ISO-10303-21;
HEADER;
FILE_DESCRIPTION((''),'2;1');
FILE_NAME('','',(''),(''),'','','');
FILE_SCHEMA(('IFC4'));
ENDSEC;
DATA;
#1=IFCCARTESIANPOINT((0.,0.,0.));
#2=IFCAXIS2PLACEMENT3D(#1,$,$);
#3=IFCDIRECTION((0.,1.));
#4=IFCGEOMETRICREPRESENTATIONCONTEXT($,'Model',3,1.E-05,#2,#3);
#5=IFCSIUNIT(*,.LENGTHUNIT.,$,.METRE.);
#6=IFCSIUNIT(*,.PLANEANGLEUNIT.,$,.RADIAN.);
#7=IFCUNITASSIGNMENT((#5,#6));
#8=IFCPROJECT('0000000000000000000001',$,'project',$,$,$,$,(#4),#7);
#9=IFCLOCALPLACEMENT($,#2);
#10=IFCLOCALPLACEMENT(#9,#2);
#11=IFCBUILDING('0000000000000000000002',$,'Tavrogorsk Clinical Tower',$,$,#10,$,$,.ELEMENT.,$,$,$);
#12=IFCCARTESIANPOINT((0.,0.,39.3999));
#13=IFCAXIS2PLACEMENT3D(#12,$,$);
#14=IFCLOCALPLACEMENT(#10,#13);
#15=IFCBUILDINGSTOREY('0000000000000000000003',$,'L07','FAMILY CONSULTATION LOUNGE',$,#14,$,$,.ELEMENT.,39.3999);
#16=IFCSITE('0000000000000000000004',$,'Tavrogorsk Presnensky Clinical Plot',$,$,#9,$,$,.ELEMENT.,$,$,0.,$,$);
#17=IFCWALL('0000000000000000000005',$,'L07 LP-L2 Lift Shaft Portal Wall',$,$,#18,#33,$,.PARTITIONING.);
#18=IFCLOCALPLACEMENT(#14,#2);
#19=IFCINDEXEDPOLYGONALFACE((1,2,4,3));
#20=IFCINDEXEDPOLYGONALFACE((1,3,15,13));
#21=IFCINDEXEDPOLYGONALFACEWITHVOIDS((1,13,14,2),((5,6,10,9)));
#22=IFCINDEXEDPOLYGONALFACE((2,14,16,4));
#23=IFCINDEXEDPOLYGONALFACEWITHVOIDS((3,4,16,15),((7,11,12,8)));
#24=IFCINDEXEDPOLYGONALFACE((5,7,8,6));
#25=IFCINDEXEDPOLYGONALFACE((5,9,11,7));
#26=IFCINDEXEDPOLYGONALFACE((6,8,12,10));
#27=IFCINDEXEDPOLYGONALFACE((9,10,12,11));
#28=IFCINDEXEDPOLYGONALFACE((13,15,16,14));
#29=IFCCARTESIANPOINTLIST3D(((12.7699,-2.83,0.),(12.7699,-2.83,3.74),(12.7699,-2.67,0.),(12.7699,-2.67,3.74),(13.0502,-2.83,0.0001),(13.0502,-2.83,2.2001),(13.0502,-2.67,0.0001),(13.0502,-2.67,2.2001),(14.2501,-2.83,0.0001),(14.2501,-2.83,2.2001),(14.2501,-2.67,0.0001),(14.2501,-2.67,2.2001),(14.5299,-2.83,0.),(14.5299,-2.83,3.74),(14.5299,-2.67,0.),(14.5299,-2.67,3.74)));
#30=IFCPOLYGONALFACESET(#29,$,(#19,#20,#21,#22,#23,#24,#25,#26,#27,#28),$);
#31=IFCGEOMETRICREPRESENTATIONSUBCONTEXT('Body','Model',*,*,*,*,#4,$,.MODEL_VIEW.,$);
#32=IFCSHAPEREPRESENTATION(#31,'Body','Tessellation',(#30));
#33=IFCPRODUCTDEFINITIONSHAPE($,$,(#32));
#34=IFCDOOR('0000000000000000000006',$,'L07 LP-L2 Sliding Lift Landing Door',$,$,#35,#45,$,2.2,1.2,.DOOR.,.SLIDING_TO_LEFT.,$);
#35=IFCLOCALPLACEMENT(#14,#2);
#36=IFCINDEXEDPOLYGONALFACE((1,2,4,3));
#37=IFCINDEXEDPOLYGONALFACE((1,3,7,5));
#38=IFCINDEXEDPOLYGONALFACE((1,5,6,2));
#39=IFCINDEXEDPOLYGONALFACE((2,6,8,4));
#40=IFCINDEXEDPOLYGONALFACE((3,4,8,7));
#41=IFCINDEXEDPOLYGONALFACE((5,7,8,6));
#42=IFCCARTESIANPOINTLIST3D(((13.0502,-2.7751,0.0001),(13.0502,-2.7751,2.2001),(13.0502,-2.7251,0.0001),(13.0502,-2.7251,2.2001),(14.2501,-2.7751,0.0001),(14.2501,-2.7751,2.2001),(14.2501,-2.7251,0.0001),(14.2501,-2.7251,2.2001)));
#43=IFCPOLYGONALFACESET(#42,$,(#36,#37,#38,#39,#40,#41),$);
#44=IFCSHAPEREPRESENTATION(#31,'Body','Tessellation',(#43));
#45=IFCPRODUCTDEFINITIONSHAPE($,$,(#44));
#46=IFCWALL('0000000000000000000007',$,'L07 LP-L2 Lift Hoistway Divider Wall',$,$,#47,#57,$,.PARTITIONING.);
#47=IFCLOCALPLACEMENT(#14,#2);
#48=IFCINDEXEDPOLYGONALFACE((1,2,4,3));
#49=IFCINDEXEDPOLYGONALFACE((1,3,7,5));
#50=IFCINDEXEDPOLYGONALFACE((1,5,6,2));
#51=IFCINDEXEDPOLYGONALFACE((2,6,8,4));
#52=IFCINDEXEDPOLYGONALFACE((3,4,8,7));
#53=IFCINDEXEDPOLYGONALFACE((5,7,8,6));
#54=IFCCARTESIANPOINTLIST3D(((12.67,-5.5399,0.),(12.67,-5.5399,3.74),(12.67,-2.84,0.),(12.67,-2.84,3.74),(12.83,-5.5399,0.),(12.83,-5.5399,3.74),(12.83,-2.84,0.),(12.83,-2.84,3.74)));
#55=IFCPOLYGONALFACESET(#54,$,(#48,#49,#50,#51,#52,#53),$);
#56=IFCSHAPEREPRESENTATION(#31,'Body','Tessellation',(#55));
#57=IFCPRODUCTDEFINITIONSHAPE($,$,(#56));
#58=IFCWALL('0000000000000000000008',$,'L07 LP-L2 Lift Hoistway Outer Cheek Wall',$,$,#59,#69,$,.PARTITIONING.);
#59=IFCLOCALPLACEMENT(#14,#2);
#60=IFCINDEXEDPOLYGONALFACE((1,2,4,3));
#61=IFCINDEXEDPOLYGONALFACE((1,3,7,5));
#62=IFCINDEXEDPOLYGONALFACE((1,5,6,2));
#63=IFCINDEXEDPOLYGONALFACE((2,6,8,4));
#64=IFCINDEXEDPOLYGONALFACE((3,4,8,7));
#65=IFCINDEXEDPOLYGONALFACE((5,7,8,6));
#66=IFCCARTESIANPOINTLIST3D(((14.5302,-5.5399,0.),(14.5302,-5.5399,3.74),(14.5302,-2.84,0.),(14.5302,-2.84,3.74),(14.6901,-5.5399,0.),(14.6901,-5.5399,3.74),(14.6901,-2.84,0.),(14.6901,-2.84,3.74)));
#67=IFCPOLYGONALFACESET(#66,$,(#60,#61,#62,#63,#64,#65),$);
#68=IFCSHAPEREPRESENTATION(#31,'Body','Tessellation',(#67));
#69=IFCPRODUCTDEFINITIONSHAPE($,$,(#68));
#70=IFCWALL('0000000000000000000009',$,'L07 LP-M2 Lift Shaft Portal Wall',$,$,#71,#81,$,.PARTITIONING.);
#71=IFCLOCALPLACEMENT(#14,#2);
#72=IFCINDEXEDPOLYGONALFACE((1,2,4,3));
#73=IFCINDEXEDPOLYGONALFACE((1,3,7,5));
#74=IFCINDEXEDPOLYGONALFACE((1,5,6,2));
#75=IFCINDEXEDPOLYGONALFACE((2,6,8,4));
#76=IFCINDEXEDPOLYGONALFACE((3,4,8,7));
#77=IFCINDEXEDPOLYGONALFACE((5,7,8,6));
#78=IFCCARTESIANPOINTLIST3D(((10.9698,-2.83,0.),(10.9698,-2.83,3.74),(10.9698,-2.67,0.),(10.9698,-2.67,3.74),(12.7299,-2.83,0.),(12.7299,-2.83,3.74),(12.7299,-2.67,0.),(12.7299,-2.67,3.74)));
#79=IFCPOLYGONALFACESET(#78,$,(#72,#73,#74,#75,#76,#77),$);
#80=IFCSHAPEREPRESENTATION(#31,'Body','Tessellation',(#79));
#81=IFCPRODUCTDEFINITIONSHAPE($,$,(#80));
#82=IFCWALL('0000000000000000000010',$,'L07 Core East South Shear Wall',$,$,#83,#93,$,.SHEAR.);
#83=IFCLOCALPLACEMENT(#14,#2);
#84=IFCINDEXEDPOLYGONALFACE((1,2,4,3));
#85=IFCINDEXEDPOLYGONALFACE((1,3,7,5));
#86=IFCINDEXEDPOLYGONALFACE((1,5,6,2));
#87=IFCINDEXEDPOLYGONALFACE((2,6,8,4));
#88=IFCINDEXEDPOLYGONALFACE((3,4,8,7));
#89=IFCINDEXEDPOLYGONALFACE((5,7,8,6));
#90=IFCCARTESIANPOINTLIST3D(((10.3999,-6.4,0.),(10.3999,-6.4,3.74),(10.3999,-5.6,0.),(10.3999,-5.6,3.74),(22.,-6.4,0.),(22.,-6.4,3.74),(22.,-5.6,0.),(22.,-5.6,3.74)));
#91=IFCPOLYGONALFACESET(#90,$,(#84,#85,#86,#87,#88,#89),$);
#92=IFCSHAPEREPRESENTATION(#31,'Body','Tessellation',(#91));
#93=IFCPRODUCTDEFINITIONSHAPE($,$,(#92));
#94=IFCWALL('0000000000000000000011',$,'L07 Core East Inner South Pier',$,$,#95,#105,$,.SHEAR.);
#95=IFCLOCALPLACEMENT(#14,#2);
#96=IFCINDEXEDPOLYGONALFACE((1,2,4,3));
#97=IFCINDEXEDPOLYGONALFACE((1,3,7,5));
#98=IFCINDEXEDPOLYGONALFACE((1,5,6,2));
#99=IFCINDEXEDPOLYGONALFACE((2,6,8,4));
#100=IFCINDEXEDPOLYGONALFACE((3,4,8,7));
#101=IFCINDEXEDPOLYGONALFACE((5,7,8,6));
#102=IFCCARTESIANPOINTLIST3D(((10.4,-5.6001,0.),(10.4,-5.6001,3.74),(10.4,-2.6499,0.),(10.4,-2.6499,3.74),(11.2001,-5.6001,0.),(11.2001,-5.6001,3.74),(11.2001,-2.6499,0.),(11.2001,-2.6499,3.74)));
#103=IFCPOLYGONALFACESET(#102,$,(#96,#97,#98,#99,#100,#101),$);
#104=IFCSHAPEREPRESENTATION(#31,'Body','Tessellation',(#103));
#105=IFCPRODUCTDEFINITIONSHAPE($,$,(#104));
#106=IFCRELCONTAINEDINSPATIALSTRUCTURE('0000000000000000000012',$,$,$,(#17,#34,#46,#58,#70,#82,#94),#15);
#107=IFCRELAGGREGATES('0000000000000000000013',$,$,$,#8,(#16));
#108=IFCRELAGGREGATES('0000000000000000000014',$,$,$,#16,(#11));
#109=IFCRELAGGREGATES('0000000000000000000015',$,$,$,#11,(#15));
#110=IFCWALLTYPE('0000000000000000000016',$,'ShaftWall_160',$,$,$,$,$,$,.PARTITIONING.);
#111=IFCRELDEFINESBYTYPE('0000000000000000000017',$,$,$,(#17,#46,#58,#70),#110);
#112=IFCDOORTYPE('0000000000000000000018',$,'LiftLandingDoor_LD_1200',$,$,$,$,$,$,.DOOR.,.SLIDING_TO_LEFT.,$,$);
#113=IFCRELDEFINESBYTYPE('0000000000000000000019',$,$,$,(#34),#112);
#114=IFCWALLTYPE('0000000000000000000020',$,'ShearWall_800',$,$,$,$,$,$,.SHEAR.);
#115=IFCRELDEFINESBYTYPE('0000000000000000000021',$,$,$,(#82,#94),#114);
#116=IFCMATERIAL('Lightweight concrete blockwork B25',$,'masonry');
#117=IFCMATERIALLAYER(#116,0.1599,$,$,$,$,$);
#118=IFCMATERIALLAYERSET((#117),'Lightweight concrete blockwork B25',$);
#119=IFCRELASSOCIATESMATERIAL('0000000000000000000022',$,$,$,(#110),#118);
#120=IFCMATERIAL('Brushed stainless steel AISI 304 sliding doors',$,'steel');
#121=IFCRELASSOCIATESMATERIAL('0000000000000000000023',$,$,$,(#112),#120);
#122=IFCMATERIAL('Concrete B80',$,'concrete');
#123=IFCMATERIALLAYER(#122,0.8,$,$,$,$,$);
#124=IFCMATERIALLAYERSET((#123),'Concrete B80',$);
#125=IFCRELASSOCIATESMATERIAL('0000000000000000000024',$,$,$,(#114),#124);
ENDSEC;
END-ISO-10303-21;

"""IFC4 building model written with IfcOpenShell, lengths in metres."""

from ifc_helpers import new_model, si_unit, direction, frame, frame_2d, origin, place, context, subcontext, project, spatial, rectangle, extrude, material, layer, layer_set, type_object, element, fill, save


model = new_model("IFC4")

# Units and contexts
model_context = context("Model", 3, precision=1e-05, world=origin(), true_north=direction((0.0, 1.0)))
body_context = subcontext(model_context, "Body", "Model", "MODEL_VIEW")
ifc_project = project(units=[si_unit("LENGTHUNIT", "METRE"), si_unit("PLANEANGLEUNIT", "RADIAN")], contexts=[model_context])

# Site, building, storey
site_placement = place(None, origin())
site = spatial("IfcSite", under=ifc_project, at=site_placement, Name="Tavrogorsk Presnensky Clinical Plot", CompositionType="ELEMENT", RefElevation=0.0)
building_placement = place(site_placement, origin())
building = spatial("IfcBuilding", under=site, at=building_placement, Name="Tavrogorsk Clinical Tower", CompositionType="ELEMENT")
storey_placement = place(building_placement, frame((0.0, 0.0, 39.3999)))
storey = spatial("IfcBuildingStorey", under=building, at=storey_placement, Name="L07", Description="FAMILY CONSULTATION LOUNGE", CompositionType="ELEMENT", Elevation=39.3999)

# Wall, opening, door
ifc_material_1 = material(Name="Lightweight concrete blockwork B25", Category="masonry")
ifc_layer_1 = layer(ifc_material_1, 0.1599)
ifc_layer_set_1 = layer_set([ifc_layer_1], Name="Lightweight concrete blockwork B25")
wall_type_1 = type_object("IfcWallType", Name="ShaftWall_160", PredefinedType="PARTITIONING", material=ifc_layer_set_1)
wall_1_placement = place(storey_placement, frame((12.77, -2.75, 0.0), z_axis=(0.0, 0.0, 1.0), x_axis=(1.0, 0.0, 0.0)))
wall_1 = element("IfcWall", 1, at=wall_1_placement, inside=storey, type_object=wall_type_1, Name="L07 LP-L2 Lift Shaft Portal Wall", PredefinedType="PARTITIONING", context=body_context, shape_type="SweptSolid", body=[
    extrude(rectangle(XDim=1.76, YDim=0.1599, at=frame_2d((0.8799, 0.0))), origin(), (0.0, 0.0, 1.0), 3.74),
])
opening_1_placement = place(wall_1_placement, frame((0.28, 0.0, 0.0)))
opening_1 = element("IfcOpeningElement", 2, at=opening_1_placement, cuts=wall_1, PredefinedType="OPENING", context=body_context, shape_type="SweptSolid", body=[
    extrude(rectangle(XDim=1.2, YDim=2.2, at=frame_2d((0.6001, 1.1001))), frame((0.0, 0.0898, 0.0), z_axis=(0.0, -1.0, 0.0), x_axis=(1.0, 0.0, 0.0)), (0.0, 0.0, 1.0), 0.1799),
])
ifc_material_2 = material(Name="Brushed stainless steel AISI 304 sliding doors", Category="steel")
door_type_1 = type_object("IfcDoorType", Name="LiftLandingDoor_LD_1200", OperationType="SLIDING_TO_LEFT", PredefinedType="DOOR", material=ifc_material_2)
door_1_placement = place(opening_1_placement, origin())
door_1 = element("IfcDoor", 3, at=door_1_placement, inside=storey, type_object=door_type_1, Name="L07 LP-L2 Sliding Lift Landing Door", OperationType="SLIDING_TO_LEFT", OverallHeight=2.2, OverallWidth=1.2, PredefinedType="DOOR", context=body_context, shape_type="SweptSolid", body=[
    extrude(rectangle(XDim=1.2, YDim=2.2, at=frame_2d((0.6001, 1.1001))), frame((0.0, 0.0249, 0.0), z_axis=(0.0, -1.0, 0.0), x_axis=(1.0, 0.0, 0.0)), (0.0, 0.0, 1.0), 0.05),
])
fill(opening_1, door_1)

# Walls
for number, where, z_axis, x_axis, name in (
    (4, (12.75, -5.54, 0.0), (0.0, 0.0, 1.0), (0.0, 1.0, 0.0), "L07 LP-L2 Lift Hoistway Divider Wall"),
    (5, (14.6101, -5.54, 0.0), (0.0, 0.0, 1.0), (0.0, 1.0, 0.0), "L07 LP-L2 Lift Hoistway Outer Cheek Wall"),
):
    element("IfcWall", number, at=place(storey_placement, frame(where, z_axis=z_axis, x_axis=x_axis)), inside=storey, type_object=wall_type_1, Name=name, PredefinedType="PARTITIONING", context=body_context, shape_type="SweptSolid", body=[
        extrude(rectangle(XDim=2.7, YDim=0.1599, at=frame_2d((1.3501, 0.0))), origin(), (0.0, 0.0, 1.0), 3.74),
    ])
wall_2_placement = place(storey_placement, frame((10.97, -2.75, 0.0), z_axis=(0.0, 0.0, 1.0), x_axis=(1.0, 0.0, 0.0)))
element("IfcWall", 6, at=wall_2_placement, inside=storey, type_object=wall_type_1, Name="L07 LP-M2 Lift Shaft Portal Wall", PredefinedType="PARTITIONING", context=body_context, shape_type="SweptSolid", body=[
    extrude(rectangle(XDim=1.76, YDim=0.1599, at=frame_2d((0.8799, 0.0))), origin(), (0.0, 0.0, 1.0), 3.74),
])
ifc_material_3 = material(Name="Concrete B80", Category="concrete")
ifc_layer_2 = layer(ifc_material_3, 0.8)
ifc_layer_set_2 = layer_set([ifc_layer_2], Name="Concrete B80")
wall_type_2 = type_object("IfcWallType", Name="ShearWall_800", PredefinedType="SHEAR", material=ifc_layer_set_2)
wall_3_placement = place(storey_placement, frame((10.3999, -6.0, 0.0), z_axis=(0.0, 0.0, 1.0), x_axis=(1.0, 0.0, 0.0)))
element("IfcWall", 7, at=wall_3_placement, inside=storey, type_object=wall_type_2, Name="L07 Core East South Shear Wall", PredefinedType="SHEAR", context=body_context, shape_type="SweptSolid", body=[
    extrude(rectangle(XDim=11.6001, YDim=0.8, at=frame_2d((5.8, 0.0))), origin(), (0.0, 0.0, 1.0), 3.74),
])
wall_4_placement = place(storey_placement, frame((10.8, -5.6001, 0.0), z_axis=(0.0, 0.0, 1.0), x_axis=(0.0, 1.0, 0.0)))
element("IfcWall", 8, at=wall_4_placement, inside=storey, type_object=wall_type_2, Name="L07 Core East Inner South Pier", PredefinedType="SHEAR", context=body_context, shape_type="SweptSolid", body=[
    extrude(rectangle(XDim=2.9502, YDim=0.8, at=frame_2d((1.4751, 0.0))), origin(), (0.0, 0.0, 1.0), 3.74),
])

save(model, "model.ifc")
